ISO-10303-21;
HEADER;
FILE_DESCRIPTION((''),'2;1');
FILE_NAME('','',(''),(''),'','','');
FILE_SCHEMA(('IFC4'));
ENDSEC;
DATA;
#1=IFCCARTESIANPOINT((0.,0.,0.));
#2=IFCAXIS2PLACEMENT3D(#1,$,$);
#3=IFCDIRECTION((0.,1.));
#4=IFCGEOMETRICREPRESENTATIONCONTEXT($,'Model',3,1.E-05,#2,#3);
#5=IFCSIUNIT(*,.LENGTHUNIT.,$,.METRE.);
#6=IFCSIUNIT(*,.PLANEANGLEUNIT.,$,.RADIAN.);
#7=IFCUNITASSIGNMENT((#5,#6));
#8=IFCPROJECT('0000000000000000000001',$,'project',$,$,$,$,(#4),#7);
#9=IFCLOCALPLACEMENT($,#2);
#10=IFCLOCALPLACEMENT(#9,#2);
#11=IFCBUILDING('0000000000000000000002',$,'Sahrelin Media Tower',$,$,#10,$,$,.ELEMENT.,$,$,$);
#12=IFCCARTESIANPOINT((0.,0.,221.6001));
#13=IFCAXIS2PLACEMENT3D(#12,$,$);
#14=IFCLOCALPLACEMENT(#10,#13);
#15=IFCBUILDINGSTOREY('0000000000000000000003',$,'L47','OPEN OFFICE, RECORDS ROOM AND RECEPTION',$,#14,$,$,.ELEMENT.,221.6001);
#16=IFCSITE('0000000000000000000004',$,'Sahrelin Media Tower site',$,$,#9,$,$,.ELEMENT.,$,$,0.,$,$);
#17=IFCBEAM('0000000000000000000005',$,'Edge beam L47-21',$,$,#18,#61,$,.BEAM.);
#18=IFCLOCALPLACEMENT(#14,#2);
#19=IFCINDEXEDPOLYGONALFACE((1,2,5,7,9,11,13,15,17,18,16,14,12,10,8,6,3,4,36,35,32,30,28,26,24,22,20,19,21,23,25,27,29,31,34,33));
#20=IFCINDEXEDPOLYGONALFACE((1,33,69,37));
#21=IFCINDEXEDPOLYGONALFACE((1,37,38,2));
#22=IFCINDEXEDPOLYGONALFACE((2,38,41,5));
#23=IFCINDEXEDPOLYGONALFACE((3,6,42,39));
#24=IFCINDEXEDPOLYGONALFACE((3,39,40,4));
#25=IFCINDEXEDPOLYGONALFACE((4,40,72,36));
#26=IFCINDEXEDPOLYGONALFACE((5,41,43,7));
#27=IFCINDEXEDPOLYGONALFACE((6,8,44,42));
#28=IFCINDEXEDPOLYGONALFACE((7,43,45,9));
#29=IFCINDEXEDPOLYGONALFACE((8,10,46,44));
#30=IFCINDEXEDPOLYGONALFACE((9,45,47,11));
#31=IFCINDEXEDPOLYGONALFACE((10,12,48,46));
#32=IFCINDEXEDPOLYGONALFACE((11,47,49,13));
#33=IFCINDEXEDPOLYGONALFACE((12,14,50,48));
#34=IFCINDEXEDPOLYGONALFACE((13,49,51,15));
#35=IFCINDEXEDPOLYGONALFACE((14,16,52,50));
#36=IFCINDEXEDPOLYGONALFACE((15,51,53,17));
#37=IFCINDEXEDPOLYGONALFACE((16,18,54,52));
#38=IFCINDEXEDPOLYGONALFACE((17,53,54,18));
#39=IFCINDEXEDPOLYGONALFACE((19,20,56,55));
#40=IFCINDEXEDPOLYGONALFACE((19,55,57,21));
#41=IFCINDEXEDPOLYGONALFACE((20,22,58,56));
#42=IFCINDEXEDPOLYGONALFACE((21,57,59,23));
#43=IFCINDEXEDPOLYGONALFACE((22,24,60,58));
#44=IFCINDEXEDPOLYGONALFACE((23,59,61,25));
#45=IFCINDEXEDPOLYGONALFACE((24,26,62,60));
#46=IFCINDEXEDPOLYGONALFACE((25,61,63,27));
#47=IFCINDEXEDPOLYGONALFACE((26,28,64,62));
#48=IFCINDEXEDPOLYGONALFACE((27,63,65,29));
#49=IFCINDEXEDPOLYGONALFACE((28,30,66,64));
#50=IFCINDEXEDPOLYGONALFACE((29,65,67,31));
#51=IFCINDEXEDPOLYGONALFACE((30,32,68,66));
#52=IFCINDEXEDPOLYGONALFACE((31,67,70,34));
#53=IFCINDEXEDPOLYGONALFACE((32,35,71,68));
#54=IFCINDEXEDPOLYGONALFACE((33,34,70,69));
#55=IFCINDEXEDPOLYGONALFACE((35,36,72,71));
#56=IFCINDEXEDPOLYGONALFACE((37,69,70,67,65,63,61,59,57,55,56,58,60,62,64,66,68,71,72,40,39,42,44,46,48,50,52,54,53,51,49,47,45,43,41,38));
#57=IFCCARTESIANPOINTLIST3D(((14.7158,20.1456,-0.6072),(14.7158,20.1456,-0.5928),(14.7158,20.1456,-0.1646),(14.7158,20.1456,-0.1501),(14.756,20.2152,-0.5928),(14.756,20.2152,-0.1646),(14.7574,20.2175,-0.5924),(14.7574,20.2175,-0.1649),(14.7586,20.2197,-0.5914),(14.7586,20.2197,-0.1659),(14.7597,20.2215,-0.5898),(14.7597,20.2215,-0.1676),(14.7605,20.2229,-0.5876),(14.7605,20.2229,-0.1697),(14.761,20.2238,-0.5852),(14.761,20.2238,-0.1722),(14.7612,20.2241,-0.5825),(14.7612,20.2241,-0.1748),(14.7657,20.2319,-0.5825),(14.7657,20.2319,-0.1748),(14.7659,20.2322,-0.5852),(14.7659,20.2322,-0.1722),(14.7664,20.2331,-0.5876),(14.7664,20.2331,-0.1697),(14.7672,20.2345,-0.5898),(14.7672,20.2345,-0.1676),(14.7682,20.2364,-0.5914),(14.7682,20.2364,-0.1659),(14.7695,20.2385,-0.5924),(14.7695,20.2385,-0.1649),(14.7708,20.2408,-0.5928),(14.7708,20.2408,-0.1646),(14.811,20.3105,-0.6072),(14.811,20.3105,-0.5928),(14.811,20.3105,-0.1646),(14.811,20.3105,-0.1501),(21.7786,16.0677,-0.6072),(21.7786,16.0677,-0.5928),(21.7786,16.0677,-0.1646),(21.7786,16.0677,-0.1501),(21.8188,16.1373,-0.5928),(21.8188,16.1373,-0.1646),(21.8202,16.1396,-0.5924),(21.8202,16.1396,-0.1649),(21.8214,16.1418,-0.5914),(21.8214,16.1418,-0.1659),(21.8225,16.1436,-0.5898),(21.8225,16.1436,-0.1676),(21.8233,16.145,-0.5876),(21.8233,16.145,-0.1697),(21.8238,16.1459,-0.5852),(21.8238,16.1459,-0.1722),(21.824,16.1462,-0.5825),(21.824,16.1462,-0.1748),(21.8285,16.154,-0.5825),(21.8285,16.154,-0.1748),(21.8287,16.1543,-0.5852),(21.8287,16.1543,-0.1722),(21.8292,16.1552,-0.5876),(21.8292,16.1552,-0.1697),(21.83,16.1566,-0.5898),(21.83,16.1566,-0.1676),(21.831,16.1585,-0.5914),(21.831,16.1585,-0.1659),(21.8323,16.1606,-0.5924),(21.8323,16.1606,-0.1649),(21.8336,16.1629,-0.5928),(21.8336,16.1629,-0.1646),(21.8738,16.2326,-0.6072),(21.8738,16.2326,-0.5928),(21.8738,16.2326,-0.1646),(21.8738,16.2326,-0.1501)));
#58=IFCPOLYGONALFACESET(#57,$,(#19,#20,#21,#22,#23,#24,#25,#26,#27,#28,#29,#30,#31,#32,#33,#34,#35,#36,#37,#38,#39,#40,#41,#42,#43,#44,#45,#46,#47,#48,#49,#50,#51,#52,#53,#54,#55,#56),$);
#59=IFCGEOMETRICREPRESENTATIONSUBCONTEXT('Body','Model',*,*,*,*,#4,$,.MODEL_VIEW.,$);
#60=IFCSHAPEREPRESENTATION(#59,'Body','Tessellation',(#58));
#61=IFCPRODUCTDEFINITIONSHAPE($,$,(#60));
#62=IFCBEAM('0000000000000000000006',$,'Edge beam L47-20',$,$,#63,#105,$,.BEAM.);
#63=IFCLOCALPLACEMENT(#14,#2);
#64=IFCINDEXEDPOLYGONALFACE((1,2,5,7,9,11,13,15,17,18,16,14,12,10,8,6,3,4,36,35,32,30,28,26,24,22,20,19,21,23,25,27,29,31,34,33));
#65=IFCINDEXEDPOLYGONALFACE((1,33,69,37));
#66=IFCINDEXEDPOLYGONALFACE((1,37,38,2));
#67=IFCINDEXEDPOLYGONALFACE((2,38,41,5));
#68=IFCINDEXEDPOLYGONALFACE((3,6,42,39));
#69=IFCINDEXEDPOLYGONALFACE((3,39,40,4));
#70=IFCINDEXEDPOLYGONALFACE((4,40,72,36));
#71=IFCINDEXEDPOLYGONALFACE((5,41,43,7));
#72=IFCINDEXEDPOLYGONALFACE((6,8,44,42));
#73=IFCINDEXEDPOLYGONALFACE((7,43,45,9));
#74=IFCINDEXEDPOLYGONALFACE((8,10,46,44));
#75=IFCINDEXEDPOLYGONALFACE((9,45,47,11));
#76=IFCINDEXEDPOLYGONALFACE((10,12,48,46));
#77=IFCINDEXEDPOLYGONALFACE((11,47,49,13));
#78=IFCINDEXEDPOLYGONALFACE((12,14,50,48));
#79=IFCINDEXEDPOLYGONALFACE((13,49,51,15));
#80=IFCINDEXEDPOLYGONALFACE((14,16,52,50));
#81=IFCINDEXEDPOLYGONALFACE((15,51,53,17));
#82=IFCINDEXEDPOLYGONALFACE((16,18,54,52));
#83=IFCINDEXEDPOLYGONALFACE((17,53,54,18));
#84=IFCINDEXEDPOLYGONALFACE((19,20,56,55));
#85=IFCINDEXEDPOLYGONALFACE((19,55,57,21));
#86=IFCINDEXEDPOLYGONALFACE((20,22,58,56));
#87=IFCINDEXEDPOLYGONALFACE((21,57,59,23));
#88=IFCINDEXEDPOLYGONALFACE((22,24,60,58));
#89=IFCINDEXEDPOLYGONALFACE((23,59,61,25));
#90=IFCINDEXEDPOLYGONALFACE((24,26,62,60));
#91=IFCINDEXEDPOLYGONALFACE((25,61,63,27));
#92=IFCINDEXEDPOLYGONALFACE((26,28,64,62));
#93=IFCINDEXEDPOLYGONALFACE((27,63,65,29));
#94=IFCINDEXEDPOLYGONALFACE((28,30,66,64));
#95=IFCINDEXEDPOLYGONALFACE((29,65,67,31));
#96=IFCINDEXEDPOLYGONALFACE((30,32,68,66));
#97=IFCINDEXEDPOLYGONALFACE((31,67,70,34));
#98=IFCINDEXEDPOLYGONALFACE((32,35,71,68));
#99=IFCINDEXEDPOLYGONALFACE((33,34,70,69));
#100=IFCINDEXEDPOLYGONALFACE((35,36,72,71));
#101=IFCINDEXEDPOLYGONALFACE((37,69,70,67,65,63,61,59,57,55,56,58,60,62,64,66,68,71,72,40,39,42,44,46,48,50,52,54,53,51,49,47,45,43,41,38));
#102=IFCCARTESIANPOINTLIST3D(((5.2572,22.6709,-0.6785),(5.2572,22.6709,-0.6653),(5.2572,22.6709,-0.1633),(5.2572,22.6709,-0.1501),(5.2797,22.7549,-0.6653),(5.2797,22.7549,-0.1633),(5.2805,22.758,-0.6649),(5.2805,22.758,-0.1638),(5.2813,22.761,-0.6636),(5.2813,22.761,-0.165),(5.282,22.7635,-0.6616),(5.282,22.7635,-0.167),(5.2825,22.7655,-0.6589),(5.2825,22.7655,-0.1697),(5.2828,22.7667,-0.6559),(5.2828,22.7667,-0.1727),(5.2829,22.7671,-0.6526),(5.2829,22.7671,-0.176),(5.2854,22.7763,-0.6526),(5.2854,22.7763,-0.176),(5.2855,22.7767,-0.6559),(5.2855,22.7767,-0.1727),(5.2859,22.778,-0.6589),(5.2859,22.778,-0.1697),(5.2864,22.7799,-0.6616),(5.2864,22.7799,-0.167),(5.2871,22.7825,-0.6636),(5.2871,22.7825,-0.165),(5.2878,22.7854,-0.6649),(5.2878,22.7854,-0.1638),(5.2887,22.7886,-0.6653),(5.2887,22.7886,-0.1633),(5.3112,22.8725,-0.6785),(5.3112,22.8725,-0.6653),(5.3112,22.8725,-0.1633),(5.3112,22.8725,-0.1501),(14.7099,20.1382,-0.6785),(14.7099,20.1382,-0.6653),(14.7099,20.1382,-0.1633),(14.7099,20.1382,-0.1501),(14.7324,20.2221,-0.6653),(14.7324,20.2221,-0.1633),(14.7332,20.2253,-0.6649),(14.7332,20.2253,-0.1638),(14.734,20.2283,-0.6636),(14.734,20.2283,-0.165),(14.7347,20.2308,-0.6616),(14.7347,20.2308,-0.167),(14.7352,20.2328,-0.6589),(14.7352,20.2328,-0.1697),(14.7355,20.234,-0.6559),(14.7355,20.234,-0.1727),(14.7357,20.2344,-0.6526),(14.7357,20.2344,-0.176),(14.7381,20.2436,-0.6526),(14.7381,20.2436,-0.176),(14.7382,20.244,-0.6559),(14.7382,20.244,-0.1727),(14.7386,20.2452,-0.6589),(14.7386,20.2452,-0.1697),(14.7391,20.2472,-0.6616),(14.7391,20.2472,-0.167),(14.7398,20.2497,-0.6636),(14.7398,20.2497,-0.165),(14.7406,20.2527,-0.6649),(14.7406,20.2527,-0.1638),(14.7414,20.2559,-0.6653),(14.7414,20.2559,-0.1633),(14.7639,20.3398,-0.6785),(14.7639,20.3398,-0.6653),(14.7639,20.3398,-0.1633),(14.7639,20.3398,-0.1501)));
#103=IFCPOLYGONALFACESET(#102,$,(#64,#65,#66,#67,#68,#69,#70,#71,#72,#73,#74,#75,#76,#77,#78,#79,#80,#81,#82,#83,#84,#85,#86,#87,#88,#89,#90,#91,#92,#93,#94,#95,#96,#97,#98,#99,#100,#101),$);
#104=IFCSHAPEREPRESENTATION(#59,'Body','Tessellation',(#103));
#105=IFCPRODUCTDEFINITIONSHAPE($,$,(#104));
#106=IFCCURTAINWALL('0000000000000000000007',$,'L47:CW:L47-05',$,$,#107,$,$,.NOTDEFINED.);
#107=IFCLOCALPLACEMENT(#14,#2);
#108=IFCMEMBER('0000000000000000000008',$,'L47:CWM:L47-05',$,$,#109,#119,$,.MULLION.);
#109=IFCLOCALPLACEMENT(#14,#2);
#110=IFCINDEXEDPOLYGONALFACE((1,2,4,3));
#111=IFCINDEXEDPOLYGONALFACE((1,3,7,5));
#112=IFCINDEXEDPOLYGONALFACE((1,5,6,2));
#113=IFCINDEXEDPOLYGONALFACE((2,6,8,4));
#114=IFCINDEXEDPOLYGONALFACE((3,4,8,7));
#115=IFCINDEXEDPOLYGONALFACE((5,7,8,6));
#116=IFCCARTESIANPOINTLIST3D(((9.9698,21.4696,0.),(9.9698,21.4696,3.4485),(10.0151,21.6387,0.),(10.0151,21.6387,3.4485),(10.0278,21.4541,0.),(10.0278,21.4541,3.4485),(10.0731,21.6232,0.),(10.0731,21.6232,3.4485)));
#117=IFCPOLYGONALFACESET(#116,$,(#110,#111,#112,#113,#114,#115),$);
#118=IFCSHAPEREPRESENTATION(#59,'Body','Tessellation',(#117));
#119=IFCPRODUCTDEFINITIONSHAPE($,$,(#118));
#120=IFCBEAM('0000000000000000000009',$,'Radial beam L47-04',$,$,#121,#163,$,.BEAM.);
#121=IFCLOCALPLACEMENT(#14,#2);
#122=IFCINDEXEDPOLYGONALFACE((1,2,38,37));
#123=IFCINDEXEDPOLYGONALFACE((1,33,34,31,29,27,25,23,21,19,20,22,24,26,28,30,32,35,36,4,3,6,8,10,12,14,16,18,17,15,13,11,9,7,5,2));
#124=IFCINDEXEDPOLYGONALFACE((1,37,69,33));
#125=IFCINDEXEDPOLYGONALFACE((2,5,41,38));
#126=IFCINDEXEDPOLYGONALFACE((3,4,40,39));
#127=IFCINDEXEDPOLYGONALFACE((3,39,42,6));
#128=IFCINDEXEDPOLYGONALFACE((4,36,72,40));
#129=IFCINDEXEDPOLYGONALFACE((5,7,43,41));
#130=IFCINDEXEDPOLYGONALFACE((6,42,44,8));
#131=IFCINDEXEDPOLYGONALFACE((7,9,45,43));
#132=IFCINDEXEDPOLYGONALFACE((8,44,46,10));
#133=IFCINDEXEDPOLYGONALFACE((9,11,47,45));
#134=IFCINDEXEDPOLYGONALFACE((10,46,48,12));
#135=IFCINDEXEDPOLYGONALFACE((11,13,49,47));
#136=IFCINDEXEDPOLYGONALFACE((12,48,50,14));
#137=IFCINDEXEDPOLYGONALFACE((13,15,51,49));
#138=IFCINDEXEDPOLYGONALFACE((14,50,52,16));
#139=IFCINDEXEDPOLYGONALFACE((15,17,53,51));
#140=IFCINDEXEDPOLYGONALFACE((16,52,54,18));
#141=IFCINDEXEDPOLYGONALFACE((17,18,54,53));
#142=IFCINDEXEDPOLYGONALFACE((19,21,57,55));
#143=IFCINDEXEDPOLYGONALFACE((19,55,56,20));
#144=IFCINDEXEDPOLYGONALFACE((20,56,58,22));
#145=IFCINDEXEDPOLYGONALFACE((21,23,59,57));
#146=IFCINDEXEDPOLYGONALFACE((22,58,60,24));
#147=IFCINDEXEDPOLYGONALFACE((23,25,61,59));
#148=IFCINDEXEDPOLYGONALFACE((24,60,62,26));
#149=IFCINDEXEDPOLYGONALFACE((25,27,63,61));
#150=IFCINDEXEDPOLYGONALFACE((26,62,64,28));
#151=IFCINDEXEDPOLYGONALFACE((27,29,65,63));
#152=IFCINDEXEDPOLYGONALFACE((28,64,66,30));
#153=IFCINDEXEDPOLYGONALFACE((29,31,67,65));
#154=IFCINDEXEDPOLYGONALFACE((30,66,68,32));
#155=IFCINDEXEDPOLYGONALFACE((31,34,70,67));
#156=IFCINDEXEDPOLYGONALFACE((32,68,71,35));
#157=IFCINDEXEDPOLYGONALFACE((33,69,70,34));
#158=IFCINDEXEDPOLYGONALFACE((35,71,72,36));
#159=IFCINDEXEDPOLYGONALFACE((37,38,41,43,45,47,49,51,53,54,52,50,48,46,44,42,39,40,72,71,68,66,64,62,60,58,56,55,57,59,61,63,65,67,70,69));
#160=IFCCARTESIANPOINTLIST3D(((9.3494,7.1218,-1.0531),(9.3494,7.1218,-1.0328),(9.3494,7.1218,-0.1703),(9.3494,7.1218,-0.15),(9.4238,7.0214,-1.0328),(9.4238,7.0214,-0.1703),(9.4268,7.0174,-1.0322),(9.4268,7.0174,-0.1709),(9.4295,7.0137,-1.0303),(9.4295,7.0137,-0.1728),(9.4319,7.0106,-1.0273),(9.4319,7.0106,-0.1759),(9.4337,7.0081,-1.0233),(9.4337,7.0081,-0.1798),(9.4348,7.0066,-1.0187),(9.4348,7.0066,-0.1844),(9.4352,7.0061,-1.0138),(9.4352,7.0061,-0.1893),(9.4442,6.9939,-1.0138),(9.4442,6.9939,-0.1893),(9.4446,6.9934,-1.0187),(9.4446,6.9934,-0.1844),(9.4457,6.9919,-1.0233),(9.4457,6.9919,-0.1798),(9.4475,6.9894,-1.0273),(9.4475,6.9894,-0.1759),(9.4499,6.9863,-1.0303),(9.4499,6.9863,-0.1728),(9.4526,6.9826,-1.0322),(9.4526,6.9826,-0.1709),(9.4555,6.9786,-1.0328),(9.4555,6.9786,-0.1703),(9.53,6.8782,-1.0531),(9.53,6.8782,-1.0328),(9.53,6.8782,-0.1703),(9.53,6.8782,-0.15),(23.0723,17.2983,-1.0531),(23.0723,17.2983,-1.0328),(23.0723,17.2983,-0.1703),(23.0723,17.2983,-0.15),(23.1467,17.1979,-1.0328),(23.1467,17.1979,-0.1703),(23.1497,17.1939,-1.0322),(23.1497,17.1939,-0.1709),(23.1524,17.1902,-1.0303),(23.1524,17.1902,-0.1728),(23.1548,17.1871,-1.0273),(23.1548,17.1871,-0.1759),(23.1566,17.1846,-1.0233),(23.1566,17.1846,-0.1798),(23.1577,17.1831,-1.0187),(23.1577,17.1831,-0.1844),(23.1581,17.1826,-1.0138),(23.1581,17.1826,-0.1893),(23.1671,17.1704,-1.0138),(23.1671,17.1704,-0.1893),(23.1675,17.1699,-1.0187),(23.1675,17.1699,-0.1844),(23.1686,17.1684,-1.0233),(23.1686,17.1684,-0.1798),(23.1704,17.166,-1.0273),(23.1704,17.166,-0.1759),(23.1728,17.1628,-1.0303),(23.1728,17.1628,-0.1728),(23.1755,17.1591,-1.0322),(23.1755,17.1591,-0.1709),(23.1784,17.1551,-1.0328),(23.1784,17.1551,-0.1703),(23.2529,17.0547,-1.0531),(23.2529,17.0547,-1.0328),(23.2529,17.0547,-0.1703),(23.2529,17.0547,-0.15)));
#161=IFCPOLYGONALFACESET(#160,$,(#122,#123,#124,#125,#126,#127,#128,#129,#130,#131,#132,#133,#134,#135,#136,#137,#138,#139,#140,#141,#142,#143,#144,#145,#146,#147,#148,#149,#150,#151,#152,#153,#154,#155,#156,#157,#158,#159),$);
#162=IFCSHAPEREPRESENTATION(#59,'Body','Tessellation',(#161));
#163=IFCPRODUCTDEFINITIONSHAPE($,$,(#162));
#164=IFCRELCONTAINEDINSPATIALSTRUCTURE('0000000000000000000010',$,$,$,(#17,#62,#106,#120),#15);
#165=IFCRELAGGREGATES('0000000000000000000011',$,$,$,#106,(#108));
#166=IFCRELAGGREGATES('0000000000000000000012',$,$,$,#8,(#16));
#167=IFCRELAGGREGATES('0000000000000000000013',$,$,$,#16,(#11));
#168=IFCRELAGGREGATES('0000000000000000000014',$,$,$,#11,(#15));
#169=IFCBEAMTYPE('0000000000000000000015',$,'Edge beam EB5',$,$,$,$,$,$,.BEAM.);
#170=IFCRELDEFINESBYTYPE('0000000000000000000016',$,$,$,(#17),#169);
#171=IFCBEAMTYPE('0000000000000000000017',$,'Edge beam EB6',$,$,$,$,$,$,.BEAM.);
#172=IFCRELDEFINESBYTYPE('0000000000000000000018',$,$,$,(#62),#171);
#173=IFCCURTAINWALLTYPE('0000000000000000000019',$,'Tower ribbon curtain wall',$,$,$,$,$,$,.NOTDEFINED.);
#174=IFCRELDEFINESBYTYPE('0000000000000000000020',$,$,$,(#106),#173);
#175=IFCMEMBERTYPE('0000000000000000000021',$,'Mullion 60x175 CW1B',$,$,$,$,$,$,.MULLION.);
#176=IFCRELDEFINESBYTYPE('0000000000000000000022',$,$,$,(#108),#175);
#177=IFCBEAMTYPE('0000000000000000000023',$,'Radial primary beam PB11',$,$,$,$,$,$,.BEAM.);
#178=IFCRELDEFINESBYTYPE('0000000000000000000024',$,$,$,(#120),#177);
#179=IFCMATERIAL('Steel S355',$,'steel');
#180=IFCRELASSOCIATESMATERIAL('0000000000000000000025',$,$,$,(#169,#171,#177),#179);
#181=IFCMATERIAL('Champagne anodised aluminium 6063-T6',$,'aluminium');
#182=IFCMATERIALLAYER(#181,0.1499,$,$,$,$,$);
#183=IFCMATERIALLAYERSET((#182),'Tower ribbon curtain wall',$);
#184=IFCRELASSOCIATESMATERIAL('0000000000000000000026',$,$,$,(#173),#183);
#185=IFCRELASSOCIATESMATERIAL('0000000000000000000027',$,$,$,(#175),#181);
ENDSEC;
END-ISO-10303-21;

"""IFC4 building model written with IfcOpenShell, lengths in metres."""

from ifc_helpers import new_model, si_unit, direction, frame, origin, origin_2d, place, context, subcontext, project, spatial, rectangle, i_section, extrude, material, layer, layer_set, material_profile, profile_set, type_object, element, aggregate, save


model = new_model("IFC4")

# Units and contexts
model_context = context("Model", 3, precision=1e-05, world=origin(), true_north=direction((0.0, 1.0)))
body_context = subcontext(model_context, "Body", "Model", "MODEL_VIEW")
ifc_project = project(units=[si_unit("LENGTHUNIT", "METRE"), si_unit("PLANEANGLEUNIT", "RADIAN")], contexts=[model_context])

# Site, building, storey
site_placement = place(None, origin())
site = spatial("IfcSite", under=ifc_project, at=site_placement, Name="Sahrelin Media Tower site", CompositionType="ELEMENT", RefElevation=0.0)
building_placement = place(site_placement, origin())
building = spatial("IfcBuilding", under=site, at=building_placement, Name="Sahrelin Media Tower", CompositionType="ELEMENT")
storey_placement = place(building_placement, frame((0.0, 0.0, 221.6001)))
storey = spatial("IfcBuildingStorey", under=building, at=storey_placement, Name="L47", Description="OPEN OFFICE, RECORDS ROOM AND RECEPTION", CompositionType="ELEMENT", Elevation=221.6001)

# Beams
ifc_material_1 = material(Name="Steel S355", Category="steel")
ifc_material_profile_1 = material_profile(ifc_material_1, i_section(OverallWidth=0.1904, OverallDepth=0.457, WebThickness=0.009, FlangeThickness=0.0144, FilletRadius=0.0103, at=origin_2d()), Name="UB 457x191x74")
ifc_profile_set_1 = profile_set([ifc_material_profile_1], Name="Steel S355")
beam_type_1 = type_object("IfcBeamType", Name="Edge beam EB5", PredefinedType="BEAM", material=ifc_profile_set_1)
beam_1_placement = place(storey_placement, frame((14.7634, 20.228, -0.3787), z_axis=(0.866015, -0.500019, 0.0), x_axis=(0.500019, 0.866015, 0.0)))
element("IfcBeam", 1, at=beam_1_placement, inside=storey, type_object=beam_type_1, Name="Edge beam L47-21", PredefinedType="BEAM", context=body_context, shape_type="SweptSolid", body=[
    extrude(i_section(OverallWidth=0.1904, OverallDepth=0.457, WebThickness=0.009, FlangeThickness=0.0144, FilletRadius=0.0103, at=origin_2d()), origin(), (0.0, 0.0, 1.0), 8.1555),
])
ifc_material_profile_2 = material_profile(ifc_material_1, i_section(OverallWidth=0.2087, OverallDepth=0.5283, WebThickness=0.0095, FlangeThickness=0.0132, FilletRadius=0.0127, at=origin_2d()), Name="UB 533x210x82")
ifc_profile_set_2 = profile_set([ifc_material_profile_2], Name="Steel S355")
beam_type_2 = type_object("IfcBeamType", Name="Edge beam EB6", PredefinedType="BEAM", material=ifc_profile_set_2)
beam_2_placement = place(storey_placement, frame((5.2842, 22.7717, -0.4143), z_axis=(0.965929, -0.258808, 0.0), x_axis=(0.258808, 0.965929, 0.0)))
element("IfcBeam", 2, at=beam_2_placement, inside=storey, type_object=beam_type_2, Name="Edge beam L47-20", PredefinedType="BEAM", context=body_context, shape_type="SweptSolid", body=[
    extrude(i_section(OverallWidth=0.2087, OverallDepth=0.5283, WebThickness=0.0095, FlangeThickness=0.0132, FilletRadius=0.0127, at=origin_2d()), origin(), (0.0, 0.0, 1.0), 9.7861),
])

# Curtain wall, member
ifc_material_2 = material(Name="Champagne anodised aluminium 6063-T6", Category="aluminium")
ifc_layer_1 = layer(ifc_material_2, 0.1499)
ifc_layer_set_1 = layer_set([ifc_layer_1], Name="Tower ribbon curtain wall")
curtain_wall_type = type_object("IfcCurtainWallType", Name="Tower ribbon curtain wall", PredefinedType="NOTDEFINED", material=ifc_layer_set_1)
curtain_wall_1_placement = place(storey_placement, frame((10.0493, 21.6504, 0.0), z_axis=(0.0, 0.0, 1.0), x_axis=(1.0, 0.0, 0.0)))
curtain_wall_1 = element("IfcCurtainWall", 3, at=curtain_wall_1_placement, inside=storey, type_object=curtain_wall_type, Name="L47:CW:L47-05", PredefinedType="NOTDEFINED")
ifc_material_profile_3 = material_profile(ifc_material_2, rectangle(XDim=0.0601, YDim=0.175, at=origin_2d()), Name="Mullion 60x175")
ifc_profile_set_3 = profile_set([ifc_material_profile_3], Name="Champagne anodised aluminium 6063-T6")
member_type_1 = type_object("IfcMemberType", Name="Mullion 60x175 CW1B", PredefinedType="MULLION", material=ifc_profile_set_3)
member_1_placement = place(storey_placement, frame((10.0215, 21.5464, 0.0), z_axis=(0.0, 0.0, 1.0), x_axis=(-0.965924, 0.258824, 0.0)))
member_1 = element("IfcMember", 4, at=member_1_placement, type_object=member_type_1, Name="L47:CWM:L47-05", PredefinedType="MULLION", context=body_context, shape_type="SweptSolid", body=[
    extrude(rectangle(XDim=0.0601, YDim=0.175, at=origin_2d()), origin(), (0.0, 0.0, 1.0), 3.4485),
])

# Beam
ifc_material_profile_4 = material_profile(ifc_material_1, i_section(OverallWidth=0.3032, OverallDepth=0.9031, WebThickness=0.0151, FlangeThickness=0.0203, FilletRadius=0.019, at=origin_2d()), Name="UB 914x305x201")
ifc_profile_set_4 = profile_set([ifc_material_profile_4], Name="Steel S355")
beam_type_3 = type_object("IfcBeamType", Name="Radial primary beam PB11", PredefinedType="BEAM", material=ifc_profile_set_4)
beam_3_placement = place(storey_placement, frame((9.4397, 7.0, -0.6016), z_axis=(0.803238, 0.595658, 0.0), x_axis=(-0.595658, 0.803238, 0.0)))
element("IfcBeam", 5, at=beam_3_placement, inside=storey, type_object=beam_type_3, Name="Radial beam L47-04", PredefinedType="BEAM", context=body_context, shape_type="SweptSolid", body=[
    extrude(i_section(OverallWidth=0.3032, OverallDepth=0.9031, WebThickness=0.0151, FlangeThickness=0.0203, FilletRadius=0.019, at=origin_2d()), origin(), (0.0, 0.0, 1.0), 17.0845),
])

aggregate(curtain_wall_1, [member_1])

save(model, "model.ifc")
